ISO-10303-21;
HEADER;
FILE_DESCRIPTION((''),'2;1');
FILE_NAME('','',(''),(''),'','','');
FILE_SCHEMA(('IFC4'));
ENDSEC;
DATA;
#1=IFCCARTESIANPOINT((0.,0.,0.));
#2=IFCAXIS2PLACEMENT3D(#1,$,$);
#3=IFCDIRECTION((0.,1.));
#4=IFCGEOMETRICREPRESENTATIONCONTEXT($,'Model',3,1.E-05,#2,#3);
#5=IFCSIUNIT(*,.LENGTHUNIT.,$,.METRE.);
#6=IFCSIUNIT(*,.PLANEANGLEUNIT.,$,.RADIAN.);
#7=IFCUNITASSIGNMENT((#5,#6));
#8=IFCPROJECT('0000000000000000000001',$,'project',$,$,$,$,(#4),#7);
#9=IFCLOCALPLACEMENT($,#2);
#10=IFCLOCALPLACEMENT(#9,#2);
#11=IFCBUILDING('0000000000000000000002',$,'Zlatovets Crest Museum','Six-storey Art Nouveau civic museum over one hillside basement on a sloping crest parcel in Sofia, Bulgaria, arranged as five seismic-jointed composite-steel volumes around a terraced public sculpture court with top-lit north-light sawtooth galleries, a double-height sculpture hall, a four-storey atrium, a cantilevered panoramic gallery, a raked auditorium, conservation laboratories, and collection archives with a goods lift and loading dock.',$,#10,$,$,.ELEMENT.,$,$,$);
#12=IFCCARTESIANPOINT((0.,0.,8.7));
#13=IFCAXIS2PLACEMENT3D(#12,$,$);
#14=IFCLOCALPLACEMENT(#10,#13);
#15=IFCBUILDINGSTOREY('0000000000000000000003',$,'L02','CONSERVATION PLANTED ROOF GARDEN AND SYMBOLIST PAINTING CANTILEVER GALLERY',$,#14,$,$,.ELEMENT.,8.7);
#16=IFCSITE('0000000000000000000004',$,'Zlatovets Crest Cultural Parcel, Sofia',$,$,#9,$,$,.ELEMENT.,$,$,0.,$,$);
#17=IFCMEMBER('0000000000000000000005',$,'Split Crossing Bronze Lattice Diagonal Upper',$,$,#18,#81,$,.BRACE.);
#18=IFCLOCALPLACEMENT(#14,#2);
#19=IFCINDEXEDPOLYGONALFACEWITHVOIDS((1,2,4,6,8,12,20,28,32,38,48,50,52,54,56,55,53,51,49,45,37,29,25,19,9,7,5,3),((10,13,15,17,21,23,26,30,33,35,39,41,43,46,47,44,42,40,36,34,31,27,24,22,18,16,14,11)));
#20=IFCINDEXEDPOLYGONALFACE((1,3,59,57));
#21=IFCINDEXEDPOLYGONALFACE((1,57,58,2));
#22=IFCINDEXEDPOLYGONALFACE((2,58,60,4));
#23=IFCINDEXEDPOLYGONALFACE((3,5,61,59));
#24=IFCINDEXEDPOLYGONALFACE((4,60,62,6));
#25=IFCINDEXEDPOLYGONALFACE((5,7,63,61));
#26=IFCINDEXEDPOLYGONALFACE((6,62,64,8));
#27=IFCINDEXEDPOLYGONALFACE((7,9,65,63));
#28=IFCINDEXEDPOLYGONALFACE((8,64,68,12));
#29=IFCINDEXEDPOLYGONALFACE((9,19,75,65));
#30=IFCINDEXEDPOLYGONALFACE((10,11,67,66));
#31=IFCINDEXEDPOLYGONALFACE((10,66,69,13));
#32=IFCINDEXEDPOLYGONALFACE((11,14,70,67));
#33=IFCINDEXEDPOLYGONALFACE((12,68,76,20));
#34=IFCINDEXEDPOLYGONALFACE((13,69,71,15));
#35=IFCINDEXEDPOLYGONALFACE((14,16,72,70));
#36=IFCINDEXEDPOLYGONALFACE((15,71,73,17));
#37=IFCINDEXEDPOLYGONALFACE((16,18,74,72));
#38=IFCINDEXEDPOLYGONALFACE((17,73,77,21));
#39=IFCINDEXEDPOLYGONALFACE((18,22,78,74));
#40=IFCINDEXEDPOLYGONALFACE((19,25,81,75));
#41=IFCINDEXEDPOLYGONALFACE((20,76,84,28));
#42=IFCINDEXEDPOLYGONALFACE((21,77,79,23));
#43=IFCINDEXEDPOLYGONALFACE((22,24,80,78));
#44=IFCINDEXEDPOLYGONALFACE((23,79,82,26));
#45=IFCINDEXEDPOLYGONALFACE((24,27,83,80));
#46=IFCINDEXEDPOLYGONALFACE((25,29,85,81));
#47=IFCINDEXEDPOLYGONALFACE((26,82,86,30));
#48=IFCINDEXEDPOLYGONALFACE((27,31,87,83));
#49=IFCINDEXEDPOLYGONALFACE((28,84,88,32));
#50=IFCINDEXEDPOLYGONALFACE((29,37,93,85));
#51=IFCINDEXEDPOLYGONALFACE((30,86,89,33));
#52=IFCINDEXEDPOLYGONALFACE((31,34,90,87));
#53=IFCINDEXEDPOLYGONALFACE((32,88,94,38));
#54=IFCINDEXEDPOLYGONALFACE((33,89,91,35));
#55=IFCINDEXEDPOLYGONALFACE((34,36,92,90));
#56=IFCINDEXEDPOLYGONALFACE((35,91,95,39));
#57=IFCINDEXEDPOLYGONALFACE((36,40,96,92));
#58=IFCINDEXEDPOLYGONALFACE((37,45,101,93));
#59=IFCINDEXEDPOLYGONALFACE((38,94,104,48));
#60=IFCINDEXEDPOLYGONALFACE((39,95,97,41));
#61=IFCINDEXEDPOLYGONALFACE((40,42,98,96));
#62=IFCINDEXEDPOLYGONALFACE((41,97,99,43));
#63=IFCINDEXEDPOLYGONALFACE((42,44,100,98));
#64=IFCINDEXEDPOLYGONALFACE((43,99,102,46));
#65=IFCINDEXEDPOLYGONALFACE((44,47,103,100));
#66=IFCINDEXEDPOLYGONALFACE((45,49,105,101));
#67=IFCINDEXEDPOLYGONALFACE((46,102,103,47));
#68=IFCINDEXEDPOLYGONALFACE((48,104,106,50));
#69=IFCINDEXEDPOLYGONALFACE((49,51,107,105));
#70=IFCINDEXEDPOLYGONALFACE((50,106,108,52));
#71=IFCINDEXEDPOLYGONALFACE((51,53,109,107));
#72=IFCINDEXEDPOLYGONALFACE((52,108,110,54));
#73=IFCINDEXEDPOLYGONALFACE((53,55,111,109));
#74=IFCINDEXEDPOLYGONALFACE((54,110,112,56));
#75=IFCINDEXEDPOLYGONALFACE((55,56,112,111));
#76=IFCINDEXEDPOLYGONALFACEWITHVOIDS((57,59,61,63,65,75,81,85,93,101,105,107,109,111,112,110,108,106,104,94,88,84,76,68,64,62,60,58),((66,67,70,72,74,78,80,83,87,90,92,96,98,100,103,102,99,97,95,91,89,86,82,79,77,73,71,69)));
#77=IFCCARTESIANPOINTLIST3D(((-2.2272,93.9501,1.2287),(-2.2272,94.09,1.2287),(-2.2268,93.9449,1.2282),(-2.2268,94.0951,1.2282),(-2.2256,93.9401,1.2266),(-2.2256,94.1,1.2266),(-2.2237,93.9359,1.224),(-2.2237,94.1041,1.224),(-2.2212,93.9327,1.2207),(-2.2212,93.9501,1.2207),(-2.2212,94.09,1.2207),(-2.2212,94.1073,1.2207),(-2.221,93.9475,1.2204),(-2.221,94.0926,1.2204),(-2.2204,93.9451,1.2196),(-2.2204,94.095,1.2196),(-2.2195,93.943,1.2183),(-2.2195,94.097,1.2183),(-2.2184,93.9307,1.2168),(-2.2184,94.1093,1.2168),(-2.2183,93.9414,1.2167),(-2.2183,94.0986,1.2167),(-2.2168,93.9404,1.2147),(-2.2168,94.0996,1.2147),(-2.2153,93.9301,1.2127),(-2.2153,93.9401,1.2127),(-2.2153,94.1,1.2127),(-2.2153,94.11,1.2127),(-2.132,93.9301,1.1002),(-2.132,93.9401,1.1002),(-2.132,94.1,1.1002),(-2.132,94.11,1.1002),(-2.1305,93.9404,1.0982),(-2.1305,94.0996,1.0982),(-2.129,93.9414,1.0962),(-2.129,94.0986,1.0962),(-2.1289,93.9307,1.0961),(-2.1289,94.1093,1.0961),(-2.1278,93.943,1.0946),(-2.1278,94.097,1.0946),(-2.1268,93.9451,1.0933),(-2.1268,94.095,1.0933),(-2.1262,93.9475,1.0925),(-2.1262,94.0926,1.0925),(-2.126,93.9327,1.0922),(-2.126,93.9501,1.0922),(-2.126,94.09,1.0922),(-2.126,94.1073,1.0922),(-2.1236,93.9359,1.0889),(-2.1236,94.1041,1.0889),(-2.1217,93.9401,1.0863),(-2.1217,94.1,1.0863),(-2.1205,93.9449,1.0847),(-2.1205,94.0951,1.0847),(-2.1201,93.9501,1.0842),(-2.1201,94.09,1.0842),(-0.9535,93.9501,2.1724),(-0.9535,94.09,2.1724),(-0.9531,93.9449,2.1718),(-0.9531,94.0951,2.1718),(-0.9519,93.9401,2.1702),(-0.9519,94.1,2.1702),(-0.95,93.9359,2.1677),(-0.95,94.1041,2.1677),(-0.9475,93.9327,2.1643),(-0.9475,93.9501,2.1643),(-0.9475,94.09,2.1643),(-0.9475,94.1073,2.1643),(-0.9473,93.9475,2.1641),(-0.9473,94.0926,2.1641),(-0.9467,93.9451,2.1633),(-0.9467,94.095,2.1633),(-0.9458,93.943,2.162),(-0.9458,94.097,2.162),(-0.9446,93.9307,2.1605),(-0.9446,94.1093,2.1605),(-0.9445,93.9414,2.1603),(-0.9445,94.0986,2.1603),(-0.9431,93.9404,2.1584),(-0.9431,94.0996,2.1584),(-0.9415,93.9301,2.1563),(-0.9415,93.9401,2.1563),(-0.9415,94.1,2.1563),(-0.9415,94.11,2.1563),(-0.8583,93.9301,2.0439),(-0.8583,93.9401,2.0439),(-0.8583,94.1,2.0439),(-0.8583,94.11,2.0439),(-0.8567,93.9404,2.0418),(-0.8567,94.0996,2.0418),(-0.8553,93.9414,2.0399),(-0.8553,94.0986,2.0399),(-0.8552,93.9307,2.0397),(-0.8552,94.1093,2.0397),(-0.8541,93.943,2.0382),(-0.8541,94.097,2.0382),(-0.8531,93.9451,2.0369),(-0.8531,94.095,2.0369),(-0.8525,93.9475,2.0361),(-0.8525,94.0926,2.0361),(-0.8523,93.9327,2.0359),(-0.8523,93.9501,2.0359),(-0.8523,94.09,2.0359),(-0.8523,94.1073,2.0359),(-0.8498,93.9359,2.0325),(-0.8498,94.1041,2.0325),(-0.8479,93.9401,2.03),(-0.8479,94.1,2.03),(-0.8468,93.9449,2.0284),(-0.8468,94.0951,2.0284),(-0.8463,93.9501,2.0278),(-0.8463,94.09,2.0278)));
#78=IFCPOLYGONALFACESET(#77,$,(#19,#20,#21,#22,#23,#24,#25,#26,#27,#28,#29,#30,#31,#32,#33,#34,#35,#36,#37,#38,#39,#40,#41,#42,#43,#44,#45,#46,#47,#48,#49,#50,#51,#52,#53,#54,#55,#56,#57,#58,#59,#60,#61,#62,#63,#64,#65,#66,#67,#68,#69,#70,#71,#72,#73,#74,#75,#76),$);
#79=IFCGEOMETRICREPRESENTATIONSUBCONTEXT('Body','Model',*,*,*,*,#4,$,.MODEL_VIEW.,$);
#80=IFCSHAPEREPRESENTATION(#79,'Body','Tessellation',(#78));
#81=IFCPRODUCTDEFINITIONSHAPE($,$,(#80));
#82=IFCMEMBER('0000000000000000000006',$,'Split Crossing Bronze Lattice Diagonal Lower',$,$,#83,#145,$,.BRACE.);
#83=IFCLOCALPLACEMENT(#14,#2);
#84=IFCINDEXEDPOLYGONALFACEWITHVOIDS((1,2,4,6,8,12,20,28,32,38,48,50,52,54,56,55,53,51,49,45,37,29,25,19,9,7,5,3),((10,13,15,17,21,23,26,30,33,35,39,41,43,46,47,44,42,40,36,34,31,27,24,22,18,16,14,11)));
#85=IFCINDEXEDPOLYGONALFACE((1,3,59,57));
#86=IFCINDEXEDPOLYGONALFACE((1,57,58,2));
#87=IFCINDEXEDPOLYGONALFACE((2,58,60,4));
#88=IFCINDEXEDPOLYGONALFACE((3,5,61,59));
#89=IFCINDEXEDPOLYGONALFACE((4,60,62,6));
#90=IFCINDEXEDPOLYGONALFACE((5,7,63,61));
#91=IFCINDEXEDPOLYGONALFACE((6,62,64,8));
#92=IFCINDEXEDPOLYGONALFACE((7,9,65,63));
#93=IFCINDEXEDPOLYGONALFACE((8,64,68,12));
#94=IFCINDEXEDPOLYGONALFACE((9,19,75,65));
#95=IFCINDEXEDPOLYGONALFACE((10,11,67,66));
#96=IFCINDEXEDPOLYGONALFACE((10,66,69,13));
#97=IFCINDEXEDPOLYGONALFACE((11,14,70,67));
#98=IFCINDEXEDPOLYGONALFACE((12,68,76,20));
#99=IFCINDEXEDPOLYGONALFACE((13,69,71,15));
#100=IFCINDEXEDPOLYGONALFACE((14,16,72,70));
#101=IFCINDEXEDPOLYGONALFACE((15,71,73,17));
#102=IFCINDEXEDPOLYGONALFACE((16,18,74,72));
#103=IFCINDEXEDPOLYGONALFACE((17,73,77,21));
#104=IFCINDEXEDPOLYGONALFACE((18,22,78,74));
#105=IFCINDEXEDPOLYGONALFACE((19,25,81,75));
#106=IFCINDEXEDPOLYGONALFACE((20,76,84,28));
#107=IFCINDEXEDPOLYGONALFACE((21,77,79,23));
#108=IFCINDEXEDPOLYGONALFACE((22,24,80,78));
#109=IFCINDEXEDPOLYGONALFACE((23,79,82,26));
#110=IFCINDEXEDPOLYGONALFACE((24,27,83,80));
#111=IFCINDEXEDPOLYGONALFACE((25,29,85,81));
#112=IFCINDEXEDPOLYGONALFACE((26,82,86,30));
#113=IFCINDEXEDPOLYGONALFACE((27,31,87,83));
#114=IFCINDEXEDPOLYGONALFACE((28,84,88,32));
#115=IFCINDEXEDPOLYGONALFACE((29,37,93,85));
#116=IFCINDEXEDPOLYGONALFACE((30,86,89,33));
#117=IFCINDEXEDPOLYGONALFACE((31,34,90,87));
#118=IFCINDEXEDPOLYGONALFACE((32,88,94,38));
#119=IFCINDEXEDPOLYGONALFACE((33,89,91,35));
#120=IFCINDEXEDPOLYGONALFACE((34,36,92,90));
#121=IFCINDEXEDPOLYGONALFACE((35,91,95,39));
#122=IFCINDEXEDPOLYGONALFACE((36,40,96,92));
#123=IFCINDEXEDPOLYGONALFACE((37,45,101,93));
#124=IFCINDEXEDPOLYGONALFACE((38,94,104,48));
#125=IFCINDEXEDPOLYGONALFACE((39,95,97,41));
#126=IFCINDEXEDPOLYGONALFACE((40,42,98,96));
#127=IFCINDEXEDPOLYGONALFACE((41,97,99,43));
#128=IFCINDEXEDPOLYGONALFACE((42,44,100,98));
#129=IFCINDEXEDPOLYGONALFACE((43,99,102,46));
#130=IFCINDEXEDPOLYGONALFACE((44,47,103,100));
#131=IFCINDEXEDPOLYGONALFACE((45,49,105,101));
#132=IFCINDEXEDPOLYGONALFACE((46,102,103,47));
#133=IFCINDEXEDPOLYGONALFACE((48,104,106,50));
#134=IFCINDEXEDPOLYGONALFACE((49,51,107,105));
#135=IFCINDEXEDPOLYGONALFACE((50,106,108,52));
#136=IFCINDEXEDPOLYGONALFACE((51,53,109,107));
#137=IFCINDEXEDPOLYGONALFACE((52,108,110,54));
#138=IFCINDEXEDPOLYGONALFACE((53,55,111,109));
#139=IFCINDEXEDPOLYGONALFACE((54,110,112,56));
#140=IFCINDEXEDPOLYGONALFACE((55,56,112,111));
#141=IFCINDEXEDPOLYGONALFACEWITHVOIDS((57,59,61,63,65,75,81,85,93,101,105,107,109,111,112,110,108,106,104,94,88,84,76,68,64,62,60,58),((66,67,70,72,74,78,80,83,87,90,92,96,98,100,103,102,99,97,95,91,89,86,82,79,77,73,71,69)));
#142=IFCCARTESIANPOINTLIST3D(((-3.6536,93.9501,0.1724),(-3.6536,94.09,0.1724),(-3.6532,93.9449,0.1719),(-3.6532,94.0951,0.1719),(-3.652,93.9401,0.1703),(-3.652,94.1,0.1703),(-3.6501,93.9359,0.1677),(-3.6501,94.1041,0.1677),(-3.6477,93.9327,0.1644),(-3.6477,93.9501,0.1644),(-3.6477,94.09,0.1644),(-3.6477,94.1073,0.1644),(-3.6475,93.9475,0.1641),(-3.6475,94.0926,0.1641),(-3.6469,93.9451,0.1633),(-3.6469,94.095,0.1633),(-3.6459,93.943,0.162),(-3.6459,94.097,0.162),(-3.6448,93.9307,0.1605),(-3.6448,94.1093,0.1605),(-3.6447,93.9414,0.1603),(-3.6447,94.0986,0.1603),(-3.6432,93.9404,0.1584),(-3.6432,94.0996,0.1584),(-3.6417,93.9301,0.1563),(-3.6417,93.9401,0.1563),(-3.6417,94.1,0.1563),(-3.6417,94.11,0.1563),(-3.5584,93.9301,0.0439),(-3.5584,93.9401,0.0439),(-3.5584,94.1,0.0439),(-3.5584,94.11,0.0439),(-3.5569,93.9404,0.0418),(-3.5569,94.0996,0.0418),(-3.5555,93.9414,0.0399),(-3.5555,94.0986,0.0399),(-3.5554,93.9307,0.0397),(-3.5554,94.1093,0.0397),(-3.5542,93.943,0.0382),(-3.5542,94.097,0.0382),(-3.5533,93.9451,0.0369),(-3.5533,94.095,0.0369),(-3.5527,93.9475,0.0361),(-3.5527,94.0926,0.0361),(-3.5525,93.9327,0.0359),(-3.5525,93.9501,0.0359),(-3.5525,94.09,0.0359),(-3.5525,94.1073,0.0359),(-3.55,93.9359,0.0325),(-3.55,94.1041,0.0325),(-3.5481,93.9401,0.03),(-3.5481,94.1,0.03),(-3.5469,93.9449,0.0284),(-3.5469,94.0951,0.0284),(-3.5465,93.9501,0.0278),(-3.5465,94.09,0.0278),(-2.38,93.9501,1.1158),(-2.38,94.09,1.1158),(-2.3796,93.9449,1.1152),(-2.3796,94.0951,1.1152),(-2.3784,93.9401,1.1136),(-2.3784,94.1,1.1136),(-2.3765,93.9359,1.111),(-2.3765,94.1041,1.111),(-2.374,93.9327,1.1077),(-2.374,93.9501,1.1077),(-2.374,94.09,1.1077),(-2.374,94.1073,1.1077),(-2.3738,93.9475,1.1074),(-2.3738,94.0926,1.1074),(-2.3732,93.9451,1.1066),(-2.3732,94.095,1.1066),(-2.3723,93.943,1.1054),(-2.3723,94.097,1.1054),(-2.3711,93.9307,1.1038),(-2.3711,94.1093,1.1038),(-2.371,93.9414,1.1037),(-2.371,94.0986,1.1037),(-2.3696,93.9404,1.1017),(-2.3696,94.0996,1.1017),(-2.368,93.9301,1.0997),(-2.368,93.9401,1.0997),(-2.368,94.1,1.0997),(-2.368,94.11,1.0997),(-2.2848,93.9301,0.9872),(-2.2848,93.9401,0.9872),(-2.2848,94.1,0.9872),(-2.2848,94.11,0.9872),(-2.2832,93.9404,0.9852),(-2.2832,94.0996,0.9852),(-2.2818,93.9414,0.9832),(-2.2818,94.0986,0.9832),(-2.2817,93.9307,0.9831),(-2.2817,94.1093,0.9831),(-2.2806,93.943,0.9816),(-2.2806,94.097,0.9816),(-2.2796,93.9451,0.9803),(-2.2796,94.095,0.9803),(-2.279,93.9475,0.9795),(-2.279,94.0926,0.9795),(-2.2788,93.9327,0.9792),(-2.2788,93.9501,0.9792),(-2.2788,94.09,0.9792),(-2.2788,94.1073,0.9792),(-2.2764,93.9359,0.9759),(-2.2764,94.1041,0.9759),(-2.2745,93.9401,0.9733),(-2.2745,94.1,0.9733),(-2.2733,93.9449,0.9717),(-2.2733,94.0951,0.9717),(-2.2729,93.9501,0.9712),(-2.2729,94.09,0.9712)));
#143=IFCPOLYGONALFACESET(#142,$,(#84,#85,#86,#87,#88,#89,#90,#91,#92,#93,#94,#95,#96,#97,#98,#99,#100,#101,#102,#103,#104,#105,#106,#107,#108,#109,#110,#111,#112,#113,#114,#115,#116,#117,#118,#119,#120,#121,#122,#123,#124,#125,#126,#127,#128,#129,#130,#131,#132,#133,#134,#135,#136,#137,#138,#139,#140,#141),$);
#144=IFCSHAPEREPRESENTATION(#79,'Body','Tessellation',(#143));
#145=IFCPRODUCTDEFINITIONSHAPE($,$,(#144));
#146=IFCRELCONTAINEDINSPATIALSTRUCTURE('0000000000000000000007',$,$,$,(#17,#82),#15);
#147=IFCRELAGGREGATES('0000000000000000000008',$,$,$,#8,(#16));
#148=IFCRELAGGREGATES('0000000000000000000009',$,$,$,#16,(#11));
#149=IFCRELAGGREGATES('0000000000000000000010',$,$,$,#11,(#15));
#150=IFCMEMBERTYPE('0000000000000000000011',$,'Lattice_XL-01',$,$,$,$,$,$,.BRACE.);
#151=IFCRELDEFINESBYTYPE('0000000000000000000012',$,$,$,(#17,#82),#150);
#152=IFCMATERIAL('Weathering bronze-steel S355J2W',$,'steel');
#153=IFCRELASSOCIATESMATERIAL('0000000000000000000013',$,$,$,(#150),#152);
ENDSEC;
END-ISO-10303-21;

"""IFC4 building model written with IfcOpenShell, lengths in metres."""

from ifc_helpers import new_model, si_unit, direction, frame, origin, origin_2d, place, context, subcontext, project, spatial, hollow_rectangle, extrude, material, material_profile, profile_set, type_object, element, save


model = new_model("IFC4")

# Units and contexts
model_context = context("Model", 3, precision=1e-05, world=origin(), true_north=direction((0.0, 1.0)))
body_context = subcontext(model_context, "Body", "Model", "MODEL_VIEW")
ifc_project = project(units=[si_unit("LENGTHUNIT", "METRE"), si_unit("PLANEANGLEUNIT", "RADIAN")], contexts=[model_context])

# Site, building, storey
site_placement = place(None, origin())
site = spatial("IfcSite", under=ifc_project, at=site_placement, Name="Zlatovets Crest Cultural Parcel, Sofia", CompositionType="ELEMENT", RefElevation=0.0)
building_placement = place(site_placement, origin())
building = spatial("IfcBuilding", under=site, at=building_placement, Name="Zlatovets Crest Museum", Description="Six-storey Art Nouveau civic museum over one hillside basement on a sloping crest parcel in Sofia, Bulgaria, arranged as five seismic-jointed composite-steel volumes around a terraced public sculpture court with top-lit north-light sawtooth galleries, a double-height sculpture hall, a four-storey atrium, a cantilevered panoramic gallery, a raked auditorium, conservation laboratories, and collection archives with a goods lift and loading dock.", CompositionType="ELEMENT")
storey_placement = place(building_placement, frame((0.0, 0.0, 8.7)))
storey = spatial("IfcBuildingStorey", under=building, at=storey_placement, Name="L02", Description="CONSERVATION PLANTED ROOF GARDEN AND SYMBOLIST PAINTING CANTILEVER GALLERY", CompositionType="ELEMENT", Elevation=8.7)

# Members
ifc_material_1 = material(Name="Weathering bronze-steel S355J2W", Category="steel")
ifc_material_profile_1 = material_profile(ifc_material_1, hollow_rectangle(XDim=0.1799, YDim=0.1799, WallThickness=0.01, InnerFilletRadius=0.01, OuterFilletRadius=0.02, at=origin_2d()), Name="SHS 180x180x10.0")
ifc_profile_set_1 = profile_set([ifc_material_profile_1], Name="Weathering bronze-steel S355J2W")
member_type_1 = type_object("IfcMemberType", Name="Lattice_XL-01", PredefinedType="BRACE", material=ifc_profile_set_1)
member_1_placement = place(storey_placement, frame((-0.8999, 94.02, 2.1001), z_axis=(-0.803516, 0.0, -0.595283), x_axis=(0.0, -1.0, 0.0)))
element("IfcMember", 1, at=member_1_placement, inside=storey, type_object=member_type_1, Name="Split Crossing Bronze Lattice Diagonal Upper", PredefinedType="BRACE", context=body_context, shape_type="SweptSolid", body=[
    extrude(hollow_rectangle(XDim=0.1799, YDim=0.1799, WallThickness=0.01, InnerFilletRadius=0.01, OuterFilletRadius=0.02, at=origin_2d()), origin(), (0.0, 0.0, 1.0), 1.5852),
])
member_2_placement = place(storey_placement, frame((-2.3264, 94.02, 1.0435), z_axis=(-0.80359, 0.0, -0.595183), x_axis=(0.0, -1.0, 0.0)))
element("IfcMember", 2, at=member_2_placement, inside=storey, type_object=member_type_1, Name="Split Crossing Bronze Lattice Diagonal Lower", PredefinedType="BRACE", context=body_context, shape_type="SweptSolid", body=[
    extrude(hollow_rectangle(XDim=0.1799, YDim=0.1799, WallThickness=0.01, InnerFilletRadius=0.01, OuterFilletRadius=0.02, at=origin_2d()), origin(), (0.0, 0.0, 1.0), 1.585),
])

save(model, "model.ifc")
